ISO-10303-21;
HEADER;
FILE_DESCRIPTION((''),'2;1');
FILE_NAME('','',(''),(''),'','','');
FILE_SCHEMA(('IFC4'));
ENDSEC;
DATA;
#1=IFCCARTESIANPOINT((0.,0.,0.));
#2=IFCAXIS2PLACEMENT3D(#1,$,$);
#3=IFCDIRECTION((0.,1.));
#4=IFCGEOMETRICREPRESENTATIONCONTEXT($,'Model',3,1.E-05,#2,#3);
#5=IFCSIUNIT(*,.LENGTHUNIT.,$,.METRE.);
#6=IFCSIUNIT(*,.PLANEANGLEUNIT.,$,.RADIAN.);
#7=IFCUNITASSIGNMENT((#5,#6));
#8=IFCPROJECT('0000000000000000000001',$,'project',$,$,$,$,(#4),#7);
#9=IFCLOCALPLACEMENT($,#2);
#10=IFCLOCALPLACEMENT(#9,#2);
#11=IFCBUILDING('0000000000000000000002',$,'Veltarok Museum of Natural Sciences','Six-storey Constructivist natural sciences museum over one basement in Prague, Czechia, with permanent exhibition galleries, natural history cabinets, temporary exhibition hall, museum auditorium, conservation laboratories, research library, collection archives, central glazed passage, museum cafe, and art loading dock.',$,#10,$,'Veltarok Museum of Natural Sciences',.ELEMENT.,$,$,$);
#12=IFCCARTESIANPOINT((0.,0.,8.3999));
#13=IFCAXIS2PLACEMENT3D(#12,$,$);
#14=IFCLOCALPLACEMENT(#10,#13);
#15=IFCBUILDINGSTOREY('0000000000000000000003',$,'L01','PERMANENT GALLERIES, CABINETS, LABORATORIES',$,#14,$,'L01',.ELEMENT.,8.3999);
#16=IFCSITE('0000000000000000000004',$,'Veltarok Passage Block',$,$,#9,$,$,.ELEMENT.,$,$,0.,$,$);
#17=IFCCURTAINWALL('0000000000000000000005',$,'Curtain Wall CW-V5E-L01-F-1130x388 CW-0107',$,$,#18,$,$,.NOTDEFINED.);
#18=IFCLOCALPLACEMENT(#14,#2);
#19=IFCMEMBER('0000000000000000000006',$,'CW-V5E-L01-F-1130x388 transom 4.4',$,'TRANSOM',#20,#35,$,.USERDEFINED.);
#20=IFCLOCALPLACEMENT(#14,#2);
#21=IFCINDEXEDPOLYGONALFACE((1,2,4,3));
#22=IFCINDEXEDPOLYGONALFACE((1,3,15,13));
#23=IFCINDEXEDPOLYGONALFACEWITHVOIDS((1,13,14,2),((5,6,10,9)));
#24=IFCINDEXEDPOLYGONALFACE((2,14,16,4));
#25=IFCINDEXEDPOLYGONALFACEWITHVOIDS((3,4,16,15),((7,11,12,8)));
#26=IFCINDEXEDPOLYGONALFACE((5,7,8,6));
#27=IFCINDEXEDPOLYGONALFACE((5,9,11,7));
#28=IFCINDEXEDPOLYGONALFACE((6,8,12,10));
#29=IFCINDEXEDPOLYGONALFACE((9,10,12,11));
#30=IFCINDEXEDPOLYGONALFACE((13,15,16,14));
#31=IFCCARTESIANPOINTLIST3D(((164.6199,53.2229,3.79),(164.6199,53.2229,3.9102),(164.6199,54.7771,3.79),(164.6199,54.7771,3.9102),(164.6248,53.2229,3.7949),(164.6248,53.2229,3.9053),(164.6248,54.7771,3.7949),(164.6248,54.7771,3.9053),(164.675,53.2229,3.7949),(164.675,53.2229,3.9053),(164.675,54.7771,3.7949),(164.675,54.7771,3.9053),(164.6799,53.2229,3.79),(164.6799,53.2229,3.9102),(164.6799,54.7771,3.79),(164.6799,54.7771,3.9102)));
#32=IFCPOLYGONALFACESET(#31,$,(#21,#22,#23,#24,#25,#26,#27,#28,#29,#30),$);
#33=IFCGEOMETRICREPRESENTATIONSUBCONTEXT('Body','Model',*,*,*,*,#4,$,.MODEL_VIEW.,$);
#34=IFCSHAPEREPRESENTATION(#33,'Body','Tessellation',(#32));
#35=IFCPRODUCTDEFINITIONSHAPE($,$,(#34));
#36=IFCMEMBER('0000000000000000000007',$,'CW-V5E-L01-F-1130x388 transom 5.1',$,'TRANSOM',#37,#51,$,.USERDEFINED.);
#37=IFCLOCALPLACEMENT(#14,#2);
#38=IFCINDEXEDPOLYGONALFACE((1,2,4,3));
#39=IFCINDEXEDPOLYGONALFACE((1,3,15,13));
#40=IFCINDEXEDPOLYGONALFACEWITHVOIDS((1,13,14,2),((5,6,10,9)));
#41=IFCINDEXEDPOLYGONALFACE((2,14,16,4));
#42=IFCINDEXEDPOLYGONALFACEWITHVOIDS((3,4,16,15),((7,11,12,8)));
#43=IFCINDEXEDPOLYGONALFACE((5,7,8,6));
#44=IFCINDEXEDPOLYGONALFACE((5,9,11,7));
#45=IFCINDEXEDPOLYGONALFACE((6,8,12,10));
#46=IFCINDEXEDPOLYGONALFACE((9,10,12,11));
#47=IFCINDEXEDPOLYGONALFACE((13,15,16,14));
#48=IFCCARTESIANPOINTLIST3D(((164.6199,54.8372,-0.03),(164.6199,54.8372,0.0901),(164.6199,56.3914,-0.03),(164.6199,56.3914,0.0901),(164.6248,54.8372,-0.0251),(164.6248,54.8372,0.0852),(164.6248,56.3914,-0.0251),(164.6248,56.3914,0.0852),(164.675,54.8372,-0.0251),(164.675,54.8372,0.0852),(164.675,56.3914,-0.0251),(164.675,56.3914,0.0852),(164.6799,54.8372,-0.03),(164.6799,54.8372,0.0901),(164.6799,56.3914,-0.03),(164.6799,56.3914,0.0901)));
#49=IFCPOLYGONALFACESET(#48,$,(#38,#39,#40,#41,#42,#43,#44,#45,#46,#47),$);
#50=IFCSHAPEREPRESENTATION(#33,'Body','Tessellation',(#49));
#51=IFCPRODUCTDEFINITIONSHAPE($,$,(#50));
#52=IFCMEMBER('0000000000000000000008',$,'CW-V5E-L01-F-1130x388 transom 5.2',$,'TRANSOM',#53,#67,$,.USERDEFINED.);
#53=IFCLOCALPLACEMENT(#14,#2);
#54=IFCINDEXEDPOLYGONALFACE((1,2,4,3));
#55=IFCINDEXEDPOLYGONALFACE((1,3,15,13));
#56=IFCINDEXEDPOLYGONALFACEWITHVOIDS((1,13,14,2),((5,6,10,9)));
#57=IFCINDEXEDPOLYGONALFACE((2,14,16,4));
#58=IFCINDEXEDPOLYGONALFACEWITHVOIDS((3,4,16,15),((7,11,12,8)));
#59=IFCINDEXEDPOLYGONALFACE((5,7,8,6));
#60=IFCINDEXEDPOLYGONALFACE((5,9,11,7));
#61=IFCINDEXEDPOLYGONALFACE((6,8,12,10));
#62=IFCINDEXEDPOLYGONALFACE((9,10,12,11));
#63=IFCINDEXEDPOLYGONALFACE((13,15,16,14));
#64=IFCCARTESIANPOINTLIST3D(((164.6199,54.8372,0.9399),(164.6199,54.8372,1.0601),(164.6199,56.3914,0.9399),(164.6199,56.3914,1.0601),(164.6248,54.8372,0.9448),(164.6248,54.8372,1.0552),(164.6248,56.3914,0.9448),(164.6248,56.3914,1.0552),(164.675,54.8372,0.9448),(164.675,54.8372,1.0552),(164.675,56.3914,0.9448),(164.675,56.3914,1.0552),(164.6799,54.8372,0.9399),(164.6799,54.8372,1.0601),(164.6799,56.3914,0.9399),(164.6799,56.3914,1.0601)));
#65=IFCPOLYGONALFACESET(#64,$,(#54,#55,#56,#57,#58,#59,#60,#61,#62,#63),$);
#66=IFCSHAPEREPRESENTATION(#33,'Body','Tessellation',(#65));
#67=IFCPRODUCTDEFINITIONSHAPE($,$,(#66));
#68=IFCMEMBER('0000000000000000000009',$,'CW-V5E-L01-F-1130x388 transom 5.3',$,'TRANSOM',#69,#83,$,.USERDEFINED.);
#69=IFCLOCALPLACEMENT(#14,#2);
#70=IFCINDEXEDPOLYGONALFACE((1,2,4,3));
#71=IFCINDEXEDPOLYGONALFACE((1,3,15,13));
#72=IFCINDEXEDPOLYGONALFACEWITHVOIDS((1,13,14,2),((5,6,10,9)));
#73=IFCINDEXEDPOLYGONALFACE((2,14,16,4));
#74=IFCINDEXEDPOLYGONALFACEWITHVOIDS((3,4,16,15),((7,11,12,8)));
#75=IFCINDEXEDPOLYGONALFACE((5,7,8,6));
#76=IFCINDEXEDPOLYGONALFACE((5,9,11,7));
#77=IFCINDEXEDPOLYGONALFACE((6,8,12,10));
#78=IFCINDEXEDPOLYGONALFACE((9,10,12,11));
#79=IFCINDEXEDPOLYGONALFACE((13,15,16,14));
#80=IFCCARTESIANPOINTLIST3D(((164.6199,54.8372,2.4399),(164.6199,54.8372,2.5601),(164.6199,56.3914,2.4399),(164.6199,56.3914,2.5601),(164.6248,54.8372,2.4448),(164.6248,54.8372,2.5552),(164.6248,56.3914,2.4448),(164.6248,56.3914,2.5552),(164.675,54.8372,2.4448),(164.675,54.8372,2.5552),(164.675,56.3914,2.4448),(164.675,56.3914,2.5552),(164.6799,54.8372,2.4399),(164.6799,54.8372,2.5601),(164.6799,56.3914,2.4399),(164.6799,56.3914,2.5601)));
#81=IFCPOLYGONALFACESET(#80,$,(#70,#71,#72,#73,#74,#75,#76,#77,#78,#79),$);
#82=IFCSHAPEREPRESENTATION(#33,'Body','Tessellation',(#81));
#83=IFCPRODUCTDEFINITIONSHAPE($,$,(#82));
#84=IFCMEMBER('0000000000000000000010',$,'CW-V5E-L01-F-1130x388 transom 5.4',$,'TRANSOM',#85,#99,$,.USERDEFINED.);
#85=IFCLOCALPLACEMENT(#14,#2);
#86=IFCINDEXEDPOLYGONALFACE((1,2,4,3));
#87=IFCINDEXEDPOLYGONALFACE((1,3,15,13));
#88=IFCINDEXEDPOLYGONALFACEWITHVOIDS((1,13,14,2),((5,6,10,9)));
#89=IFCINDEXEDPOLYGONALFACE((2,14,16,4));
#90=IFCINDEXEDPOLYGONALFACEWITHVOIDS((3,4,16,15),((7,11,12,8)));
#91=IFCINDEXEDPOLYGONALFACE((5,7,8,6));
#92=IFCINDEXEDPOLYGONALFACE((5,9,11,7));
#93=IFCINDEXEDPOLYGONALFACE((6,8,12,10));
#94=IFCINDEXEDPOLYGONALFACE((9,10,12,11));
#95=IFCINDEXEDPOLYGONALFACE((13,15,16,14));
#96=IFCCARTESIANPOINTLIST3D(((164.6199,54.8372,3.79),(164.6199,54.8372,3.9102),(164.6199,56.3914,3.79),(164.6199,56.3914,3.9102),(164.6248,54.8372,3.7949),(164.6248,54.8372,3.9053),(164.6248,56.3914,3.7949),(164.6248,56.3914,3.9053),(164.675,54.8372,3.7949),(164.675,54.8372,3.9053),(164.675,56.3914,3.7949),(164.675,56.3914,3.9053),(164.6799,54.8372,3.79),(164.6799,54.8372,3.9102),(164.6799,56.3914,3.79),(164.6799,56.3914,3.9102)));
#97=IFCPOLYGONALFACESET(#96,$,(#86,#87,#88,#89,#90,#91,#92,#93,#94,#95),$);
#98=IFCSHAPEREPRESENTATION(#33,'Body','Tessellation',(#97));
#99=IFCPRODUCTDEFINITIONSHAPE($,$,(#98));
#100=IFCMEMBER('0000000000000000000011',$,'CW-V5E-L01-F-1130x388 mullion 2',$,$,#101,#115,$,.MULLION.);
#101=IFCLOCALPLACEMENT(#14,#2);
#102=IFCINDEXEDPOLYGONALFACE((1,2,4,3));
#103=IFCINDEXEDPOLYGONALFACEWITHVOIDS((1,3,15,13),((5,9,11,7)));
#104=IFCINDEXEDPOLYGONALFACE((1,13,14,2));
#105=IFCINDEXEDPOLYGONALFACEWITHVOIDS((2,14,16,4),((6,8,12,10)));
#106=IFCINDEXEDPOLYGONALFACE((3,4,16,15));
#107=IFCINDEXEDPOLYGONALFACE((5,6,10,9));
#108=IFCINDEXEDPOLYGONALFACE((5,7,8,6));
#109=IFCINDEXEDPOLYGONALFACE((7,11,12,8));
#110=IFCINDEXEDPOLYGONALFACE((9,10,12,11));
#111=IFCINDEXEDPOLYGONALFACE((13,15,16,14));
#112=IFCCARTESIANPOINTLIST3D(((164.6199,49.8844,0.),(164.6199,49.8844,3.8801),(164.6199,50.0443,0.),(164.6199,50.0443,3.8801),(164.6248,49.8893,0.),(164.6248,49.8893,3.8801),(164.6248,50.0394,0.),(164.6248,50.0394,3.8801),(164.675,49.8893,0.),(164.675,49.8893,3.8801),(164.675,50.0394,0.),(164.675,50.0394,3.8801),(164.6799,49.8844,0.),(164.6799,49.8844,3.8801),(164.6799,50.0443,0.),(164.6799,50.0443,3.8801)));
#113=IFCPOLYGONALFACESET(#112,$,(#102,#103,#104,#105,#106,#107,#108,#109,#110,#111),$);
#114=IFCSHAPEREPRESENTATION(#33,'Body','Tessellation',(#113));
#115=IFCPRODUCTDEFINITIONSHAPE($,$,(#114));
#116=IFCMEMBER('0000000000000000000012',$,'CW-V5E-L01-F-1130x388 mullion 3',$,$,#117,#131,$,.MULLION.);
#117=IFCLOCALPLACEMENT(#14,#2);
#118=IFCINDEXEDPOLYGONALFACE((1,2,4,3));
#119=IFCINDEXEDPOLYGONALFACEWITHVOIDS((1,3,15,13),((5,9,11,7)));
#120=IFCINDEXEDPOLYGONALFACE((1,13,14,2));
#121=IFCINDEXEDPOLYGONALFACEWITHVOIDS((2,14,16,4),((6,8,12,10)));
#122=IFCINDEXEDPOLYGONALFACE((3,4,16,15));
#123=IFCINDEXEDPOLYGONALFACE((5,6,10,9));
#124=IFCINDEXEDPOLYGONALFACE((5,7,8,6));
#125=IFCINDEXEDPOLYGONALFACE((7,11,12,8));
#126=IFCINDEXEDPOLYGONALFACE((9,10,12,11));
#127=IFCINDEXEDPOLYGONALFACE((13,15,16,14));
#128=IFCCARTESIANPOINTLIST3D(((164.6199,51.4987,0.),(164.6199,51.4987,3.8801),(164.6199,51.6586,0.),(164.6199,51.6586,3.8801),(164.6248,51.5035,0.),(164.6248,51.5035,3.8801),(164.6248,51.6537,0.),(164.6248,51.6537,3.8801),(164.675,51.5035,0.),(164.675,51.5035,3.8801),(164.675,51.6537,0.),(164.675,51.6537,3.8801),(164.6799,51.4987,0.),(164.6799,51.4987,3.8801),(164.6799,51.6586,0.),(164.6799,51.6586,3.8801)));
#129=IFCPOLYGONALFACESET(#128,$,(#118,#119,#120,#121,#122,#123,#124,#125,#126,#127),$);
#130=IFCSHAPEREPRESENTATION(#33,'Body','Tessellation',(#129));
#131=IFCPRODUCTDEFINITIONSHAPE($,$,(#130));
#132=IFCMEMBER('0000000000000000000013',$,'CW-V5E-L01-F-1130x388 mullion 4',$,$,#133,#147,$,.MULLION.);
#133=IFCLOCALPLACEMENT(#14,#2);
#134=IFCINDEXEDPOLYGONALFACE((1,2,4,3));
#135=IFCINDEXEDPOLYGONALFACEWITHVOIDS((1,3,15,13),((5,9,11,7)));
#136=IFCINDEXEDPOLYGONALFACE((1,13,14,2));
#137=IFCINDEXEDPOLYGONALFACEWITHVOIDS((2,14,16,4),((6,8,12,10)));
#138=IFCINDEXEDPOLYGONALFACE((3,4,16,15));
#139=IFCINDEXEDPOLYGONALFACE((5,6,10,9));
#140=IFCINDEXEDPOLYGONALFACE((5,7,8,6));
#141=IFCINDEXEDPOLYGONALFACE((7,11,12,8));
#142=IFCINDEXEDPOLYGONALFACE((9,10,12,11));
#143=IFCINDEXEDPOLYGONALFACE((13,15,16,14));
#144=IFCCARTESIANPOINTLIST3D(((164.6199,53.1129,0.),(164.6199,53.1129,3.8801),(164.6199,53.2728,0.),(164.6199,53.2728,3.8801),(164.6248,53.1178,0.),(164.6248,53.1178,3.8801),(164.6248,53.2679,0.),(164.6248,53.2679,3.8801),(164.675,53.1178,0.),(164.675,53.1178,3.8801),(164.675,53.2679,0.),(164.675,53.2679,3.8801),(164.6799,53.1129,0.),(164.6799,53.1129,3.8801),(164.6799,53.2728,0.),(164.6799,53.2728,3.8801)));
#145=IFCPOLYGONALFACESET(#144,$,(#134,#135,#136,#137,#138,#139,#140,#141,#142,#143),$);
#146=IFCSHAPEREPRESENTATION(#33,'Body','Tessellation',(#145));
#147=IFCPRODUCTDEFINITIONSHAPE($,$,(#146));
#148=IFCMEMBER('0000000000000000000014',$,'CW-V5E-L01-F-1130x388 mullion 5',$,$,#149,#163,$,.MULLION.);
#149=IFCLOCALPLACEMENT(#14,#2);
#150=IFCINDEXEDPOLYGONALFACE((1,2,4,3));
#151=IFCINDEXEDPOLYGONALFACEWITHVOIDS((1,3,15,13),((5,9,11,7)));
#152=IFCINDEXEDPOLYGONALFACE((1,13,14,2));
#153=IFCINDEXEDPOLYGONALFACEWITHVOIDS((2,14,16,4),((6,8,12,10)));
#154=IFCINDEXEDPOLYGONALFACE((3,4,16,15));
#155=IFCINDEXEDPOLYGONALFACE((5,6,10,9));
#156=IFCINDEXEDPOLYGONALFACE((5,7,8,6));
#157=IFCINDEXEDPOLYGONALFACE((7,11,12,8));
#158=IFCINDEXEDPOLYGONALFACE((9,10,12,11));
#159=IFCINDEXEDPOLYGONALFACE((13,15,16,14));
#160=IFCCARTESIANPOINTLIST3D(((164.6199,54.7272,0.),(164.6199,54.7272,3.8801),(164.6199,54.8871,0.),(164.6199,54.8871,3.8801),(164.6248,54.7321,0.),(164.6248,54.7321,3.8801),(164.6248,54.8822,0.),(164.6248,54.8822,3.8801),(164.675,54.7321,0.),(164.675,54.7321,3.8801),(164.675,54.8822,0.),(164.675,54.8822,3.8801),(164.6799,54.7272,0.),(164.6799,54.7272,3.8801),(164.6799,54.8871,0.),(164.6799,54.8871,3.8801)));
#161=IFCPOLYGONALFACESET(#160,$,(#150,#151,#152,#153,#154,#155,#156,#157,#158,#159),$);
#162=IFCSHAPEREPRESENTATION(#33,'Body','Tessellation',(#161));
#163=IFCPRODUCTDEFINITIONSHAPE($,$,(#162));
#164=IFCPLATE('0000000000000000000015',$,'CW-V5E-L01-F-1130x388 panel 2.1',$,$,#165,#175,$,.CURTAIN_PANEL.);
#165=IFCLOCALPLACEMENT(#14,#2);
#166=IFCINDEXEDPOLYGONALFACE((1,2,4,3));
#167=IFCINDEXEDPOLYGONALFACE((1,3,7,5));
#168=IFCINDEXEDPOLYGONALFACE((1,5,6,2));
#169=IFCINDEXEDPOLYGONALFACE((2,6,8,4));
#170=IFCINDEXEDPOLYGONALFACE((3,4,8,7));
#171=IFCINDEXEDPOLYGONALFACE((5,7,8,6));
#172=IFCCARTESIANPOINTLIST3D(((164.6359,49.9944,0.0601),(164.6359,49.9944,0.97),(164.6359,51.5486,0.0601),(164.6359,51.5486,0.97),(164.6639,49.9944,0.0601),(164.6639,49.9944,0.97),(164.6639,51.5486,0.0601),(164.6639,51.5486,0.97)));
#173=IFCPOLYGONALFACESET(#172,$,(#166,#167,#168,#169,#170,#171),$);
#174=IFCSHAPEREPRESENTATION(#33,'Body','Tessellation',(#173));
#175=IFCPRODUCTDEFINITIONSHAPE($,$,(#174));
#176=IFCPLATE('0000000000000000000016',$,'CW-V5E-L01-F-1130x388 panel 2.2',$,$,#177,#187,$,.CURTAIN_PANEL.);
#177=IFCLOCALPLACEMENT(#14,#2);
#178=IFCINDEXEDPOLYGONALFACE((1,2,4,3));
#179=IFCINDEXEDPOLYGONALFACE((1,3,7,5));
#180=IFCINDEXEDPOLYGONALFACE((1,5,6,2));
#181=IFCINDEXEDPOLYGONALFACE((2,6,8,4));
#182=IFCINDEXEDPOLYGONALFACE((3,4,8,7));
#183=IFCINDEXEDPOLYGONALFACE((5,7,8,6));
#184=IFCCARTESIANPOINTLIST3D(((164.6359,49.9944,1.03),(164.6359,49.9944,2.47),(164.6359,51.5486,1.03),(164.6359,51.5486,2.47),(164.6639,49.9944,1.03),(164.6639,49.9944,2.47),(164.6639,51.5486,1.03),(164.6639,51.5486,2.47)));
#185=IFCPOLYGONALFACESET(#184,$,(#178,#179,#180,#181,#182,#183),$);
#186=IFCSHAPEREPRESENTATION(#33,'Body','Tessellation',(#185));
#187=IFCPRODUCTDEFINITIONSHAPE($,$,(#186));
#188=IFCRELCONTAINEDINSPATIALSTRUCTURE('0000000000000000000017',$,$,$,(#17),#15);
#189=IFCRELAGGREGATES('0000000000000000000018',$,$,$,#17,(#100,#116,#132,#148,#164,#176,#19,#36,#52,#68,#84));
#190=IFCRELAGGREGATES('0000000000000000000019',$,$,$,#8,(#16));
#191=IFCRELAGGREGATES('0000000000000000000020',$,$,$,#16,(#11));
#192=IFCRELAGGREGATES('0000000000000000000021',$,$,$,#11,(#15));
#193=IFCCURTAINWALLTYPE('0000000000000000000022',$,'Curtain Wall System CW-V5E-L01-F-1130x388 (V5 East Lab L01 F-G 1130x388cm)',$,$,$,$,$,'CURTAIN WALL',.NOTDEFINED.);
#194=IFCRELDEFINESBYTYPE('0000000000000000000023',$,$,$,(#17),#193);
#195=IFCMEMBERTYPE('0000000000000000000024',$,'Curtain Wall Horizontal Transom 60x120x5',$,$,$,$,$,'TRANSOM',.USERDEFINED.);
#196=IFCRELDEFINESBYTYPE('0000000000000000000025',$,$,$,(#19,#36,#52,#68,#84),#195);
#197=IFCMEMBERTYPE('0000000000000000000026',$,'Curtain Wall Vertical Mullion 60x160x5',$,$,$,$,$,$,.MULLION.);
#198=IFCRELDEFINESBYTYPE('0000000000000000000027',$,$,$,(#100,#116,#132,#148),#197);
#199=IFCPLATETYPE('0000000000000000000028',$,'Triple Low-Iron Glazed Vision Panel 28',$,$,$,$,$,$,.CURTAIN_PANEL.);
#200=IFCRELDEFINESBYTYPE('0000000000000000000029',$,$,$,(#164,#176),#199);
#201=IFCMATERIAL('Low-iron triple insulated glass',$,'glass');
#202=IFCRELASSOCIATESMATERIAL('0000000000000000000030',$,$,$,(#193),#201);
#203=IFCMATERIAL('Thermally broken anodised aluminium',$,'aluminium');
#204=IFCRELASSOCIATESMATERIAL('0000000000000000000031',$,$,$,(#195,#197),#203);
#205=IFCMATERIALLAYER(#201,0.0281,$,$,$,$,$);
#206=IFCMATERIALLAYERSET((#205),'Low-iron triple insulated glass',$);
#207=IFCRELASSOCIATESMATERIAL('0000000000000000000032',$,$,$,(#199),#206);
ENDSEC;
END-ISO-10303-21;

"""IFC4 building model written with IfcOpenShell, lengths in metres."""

from ifc_helpers import new_model, si_unit, direction, frame, origin, origin_2d, place, context, subcontext, project, spatial, rectangle, hollow_rectangle, extrude, material, layer, layer_set, material_profile, profile_set, type_object, element, aggregate, save


model = new_model("IFC4")

# Units and contexts
model_context = context("Model", 3, precision=1e-05, world=origin(), true_north=direction((0.0, 1.0)))
body_context = subcontext(model_context, "Body", "Model", "MODEL_VIEW")
ifc_project = project(units=[si_unit("LENGTHUNIT", "METRE"), si_unit("PLANEANGLEUNIT", "RADIAN")], contexts=[model_context])

# Site, building, storey
site_placement = place(None, origin())
site = spatial("IfcSite", under=ifc_project, at=site_placement, Name="Veltarok Passage Block", CompositionType="ELEMENT", RefElevation=0.0)
building_placement = place(site_placement, origin())
building = spatial("IfcBuilding", under=site, at=building_placement, Name="Veltarok Museum of Natural Sciences", Description="Six-storey Constructivist natural sciences museum over one basement in Prague, Czechia, with permanent exhibition galleries, natural history cabinets, temporary exhibition hall, museum auditorium, conservation laboratories, research library, collection archives, central glazed passage, museum cafe, and art loading dock.", LongName="Veltarok Museum of Natural Sciences", CompositionType="ELEMENT")
storey_placement = place(building_placement, frame((0.0, 0.0, 8.3999)))
storey = spatial("IfcBuildingStorey", under=building, at=storey_placement, Name="L01", Description="PERMANENT GALLERIES, CABINETS, LABORATORIES", LongName="L01", CompositionType="ELEMENT", Elevation=8.3999)

# Curtain wall, members, plates
ifc_material_1 = material(Name="Low-iron triple insulated glass", Category="glass")
curtain_wall_type = type_object("IfcCurtainWallType", Name="Curtain Wall System CW-V5E-L01-F-1130x388 (V5 East Lab L01 F-G 1130x388cm)", ElementType="CURTAIN WALL", PredefinedType="NOTDEFINED", material=ifc_material_1)
curtain_wall_placement = place(storey_placement, origin())
curtain_wall = element("IfcCurtainWall", 1, at=curtain_wall_placement, inside=storey, type_object=curtain_wall_type, Name="Curtain Wall CW-V5E-L01-F-1130x388 CW-0107", PredefinedType="NOTDEFINED")
ifc_material_2 = material(Name="Thermally broken anodised aluminium", Category="aluminium")
ifc_material_profile_1 = material_profile(ifc_material_2, hollow_rectangle(XDim=0.0601, YDim=0.1201, WallThickness=0.0049, at=origin_2d()), Name="CW TRANSOM 60x120x5")
ifc_profile_set_1 = profile_set([ifc_material_profile_1], Name="Thermally broken anodised aluminium")
member_type_1 = type_object("IfcMemberType", Name="Curtain Wall Horizontal Transom 60x120x5", ElementType="TRANSOM", PredefinedType="USERDEFINED", material=ifc_profile_set_1)
member_1_placement = place(storey_placement, frame((164.6499, 53.2229, 3.8501), z_axis=(0.0, 1.0, 0.0), x_axis=(-1.0, 0.0, 0.0)))
member_1 = element("IfcMember", 2, at=member_1_placement, type_object=member_type_1, Name="CW-V5E-L01-F-1130x388 transom 4.4", ObjectType="TRANSOM", PredefinedType="USERDEFINED", context=body_context, shape_type="SweptSolid", body=[
    extrude(hollow_rectangle(XDim=0.0601, YDim=0.1201, WallThickness=0.0049, at=origin_2d()), origin(), (0.0, 0.0, 1.0), 1.5542),
])
member_2_placement = place(storey_placement, frame((164.6499, 54.8372, 0.03), z_axis=(0.0, 1.0, 0.0), x_axis=(-1.0, 0.0, 0.0)))
member_2 = element("IfcMember", 3, at=member_2_placement, type_object=member_type_1, Name="CW-V5E-L01-F-1130x388 transom 5.1", ObjectType="TRANSOM", PredefinedType="USERDEFINED", context=body_context, shape_type="SweptSolid", body=[
    extrude(hollow_rectangle(XDim=0.0601, YDim=0.1201, WallThickness=0.0049, at=origin_2d()), origin(), (0.0, 0.0, 1.0), 1.5542),
])
member_3_placement = place(storey_placement, frame((164.6499, 54.8372, 1.0), z_axis=(0.0, 1.0, 0.0), x_axis=(-1.0, 0.0, 0.0)))
member_3 = element("IfcMember", 4, at=member_3_placement, type_object=member_type_1, Name="CW-V5E-L01-F-1130x388 transom 5.2", ObjectType="TRANSOM", PredefinedType="USERDEFINED", context=body_context, shape_type="SweptSolid", body=[
    extrude(hollow_rectangle(XDim=0.0601, YDim=0.1201, WallThickness=0.0049, at=origin_2d()), origin(), (0.0, 0.0, 1.0), 1.5542),
])
member_4_placement = place(storey_placement, frame((164.6499, 54.8372, 2.5), z_axis=(0.0, 1.0, 0.0), x_axis=(-1.0, 0.0, 0.0)))
member_4 = element("IfcMember", 5, at=member_4_placement, type_object=member_type_1, Name="CW-V5E-L01-F-1130x388 transom 5.3", ObjectType="TRANSOM", PredefinedType="USERDEFINED", context=body_context, shape_type="SweptSolid", body=[
    extrude(hollow_rectangle(XDim=0.0601, YDim=0.1201, WallThickness=0.0049, at=origin_2d()), origin(), (0.0, 0.0, 1.0), 1.5542),
])
member_5_placement = place(storey_placement, frame((164.6499, 54.8372, 3.8501), z_axis=(0.0, 1.0, 0.0), x_axis=(-1.0, 0.0, 0.0)))
member_5 = element("IfcMember", 6, at=member_5_placement, type_object=member_type_1, Name="CW-V5E-L01-F-1130x388 transom 5.4", ObjectType="TRANSOM", PredefinedType="USERDEFINED", context=body_context, shape_type="SweptSolid", body=[
    extrude(hollow_rectangle(XDim=0.0601, YDim=0.1201, WallThickness=0.0049, at=origin_2d()), origin(), (0.0, 0.0, 1.0), 1.5542),
])
ifc_material_profile_2 = material_profile(ifc_material_2, hollow_rectangle(XDim=0.0601, YDim=0.1599, WallThickness=0.0049, at=origin_2d()), Name="CW MULLION 60x160x5")
ifc_profile_set_2 = profile_set([ifc_material_profile_2], Name="Thermally broken anodised aluminium")
member_type_2 = type_object("IfcMemberType", Name="Curtain Wall Vertical Mullion 60x160x5", PredefinedType="MULLION", material=ifc_profile_set_2)
member_6_placement = place(storey_placement, frame((164.6499, 49.9644, 0.0), z_axis=(0.0, 0.0, 1.0), x_axis=(-1.0, 0.0, 0.0)))
member_6 = element("IfcMember", 7, at=member_6_placement, type_object=member_type_2, Name="CW-V5E-L01-F-1130x388 mullion 2", PredefinedType="MULLION", context=body_context, shape_type="SweptSolid", body=[
    extrude(hollow_rectangle(XDim=0.0601, YDim=0.1599, WallThickness=0.0049, at=origin_2d()), origin(), (0.0, 0.0, 1.0), 3.8801),
])
member_7_placement = place(storey_placement, frame((164.6499, 51.5786, 0.0), z_axis=(0.0, 0.0, 1.0), x_axis=(-1.0, 0.0, 0.0)))
member_7 = element("IfcMember", 8, at=member_7_placement, type_object=member_type_2, Name="CW-V5E-L01-F-1130x388 mullion 3", PredefinedType="MULLION", context=body_context, shape_type="SweptSolid", body=[
    extrude(hollow_rectangle(XDim=0.0601, YDim=0.1599, WallThickness=0.0049, at=origin_2d()), origin(), (0.0, 0.0, 1.0), 3.8801),
])
member_8_placement = place(storey_placement, frame((164.6499, 53.1929, 0.0), z_axis=(0.0, 0.0, 1.0), x_axis=(-1.0, 0.0, 0.0)))
member_8 = element("IfcMember", 9, at=member_8_placement, type_object=member_type_2, Name="CW-V5E-L01-F-1130x388 mullion 4", PredefinedType="MULLION", context=body_context, shape_type="SweptSolid", body=[
    extrude(hollow_rectangle(XDim=0.0601, YDim=0.1599, WallThickness=0.0049, at=origin_2d()), origin(), (0.0, 0.0, 1.0), 3.8801),
])
member_9_placement = place(storey_placement, frame((164.6499, 54.8071, 0.0), z_axis=(0.0, 0.0, 1.0), x_axis=(-1.0, 0.0, 0.0)))
member_9 = element("IfcMember", 10, at=member_9_placement, type_object=member_type_2, Name="CW-V5E-L01-F-1130x388 mullion 5", PredefinedType="MULLION", context=body_context, shape_type="SweptSolid", body=[
    extrude(hollow_rectangle(XDim=0.0601, YDim=0.1599, WallThickness=0.0049, at=origin_2d()), origin(), (0.0, 0.0, 1.0), 3.8801),
])
ifc_layer = layer(ifc_material_1, 0.0281)
ifc_layer_set = layer_set([ifc_layer], Name="Low-iron triple insulated glass")
plate_type = type_object("IfcPlateType", Name="Triple Low-Iron Glazed Vision Panel 28", PredefinedType="CURTAIN_PANEL", material=ifc_layer_set)
plate_1_placement = place(storey_placement, frame((164.6499, 50.7715, 0.0601), z_axis=(0.0, 0.0, 1.0), x_axis=(0.0, 1.0, 0.0)))
plate_1 = element("IfcPlate", 11, at=plate_1_placement, type_object=plate_type, Name="CW-V5E-L01-F-1130x388 panel 2.1", PredefinedType="CURTAIN_PANEL", context=body_context, shape_type="SweptSolid", body=[
    extrude(rectangle(XDim=1.5542, YDim=0.0281, at=origin_2d()), origin(), (0.0, 0.0, 1.0), 0.9099),
])
plate_2_placement = place(storey_placement, frame((164.6499, 50.7715, 1.03), z_axis=(0.0, 0.0, 1.0), x_axis=(0.0, 1.0, 0.0)))
plate_2 = element("IfcPlate", 12, at=plate_2_placement, type_object=plate_type, Name="CW-V5E-L01-F-1130x388 panel 2.2", PredefinedType="CURTAIN_PANEL", context=body_context, shape_type="SweptSolid", body=[
    extrude(rectangle(XDim=1.5542, YDim=0.0281, at=origin_2d()), origin(), (0.0, 0.0, 1.0), 1.4399),
])
aggregate(curtain_wall, [member_6, member_7, member_8, member_9, plate_1, plate_2, member_1, member_2, member_3, member_4, member_5])

save(model, "model.ifc")
